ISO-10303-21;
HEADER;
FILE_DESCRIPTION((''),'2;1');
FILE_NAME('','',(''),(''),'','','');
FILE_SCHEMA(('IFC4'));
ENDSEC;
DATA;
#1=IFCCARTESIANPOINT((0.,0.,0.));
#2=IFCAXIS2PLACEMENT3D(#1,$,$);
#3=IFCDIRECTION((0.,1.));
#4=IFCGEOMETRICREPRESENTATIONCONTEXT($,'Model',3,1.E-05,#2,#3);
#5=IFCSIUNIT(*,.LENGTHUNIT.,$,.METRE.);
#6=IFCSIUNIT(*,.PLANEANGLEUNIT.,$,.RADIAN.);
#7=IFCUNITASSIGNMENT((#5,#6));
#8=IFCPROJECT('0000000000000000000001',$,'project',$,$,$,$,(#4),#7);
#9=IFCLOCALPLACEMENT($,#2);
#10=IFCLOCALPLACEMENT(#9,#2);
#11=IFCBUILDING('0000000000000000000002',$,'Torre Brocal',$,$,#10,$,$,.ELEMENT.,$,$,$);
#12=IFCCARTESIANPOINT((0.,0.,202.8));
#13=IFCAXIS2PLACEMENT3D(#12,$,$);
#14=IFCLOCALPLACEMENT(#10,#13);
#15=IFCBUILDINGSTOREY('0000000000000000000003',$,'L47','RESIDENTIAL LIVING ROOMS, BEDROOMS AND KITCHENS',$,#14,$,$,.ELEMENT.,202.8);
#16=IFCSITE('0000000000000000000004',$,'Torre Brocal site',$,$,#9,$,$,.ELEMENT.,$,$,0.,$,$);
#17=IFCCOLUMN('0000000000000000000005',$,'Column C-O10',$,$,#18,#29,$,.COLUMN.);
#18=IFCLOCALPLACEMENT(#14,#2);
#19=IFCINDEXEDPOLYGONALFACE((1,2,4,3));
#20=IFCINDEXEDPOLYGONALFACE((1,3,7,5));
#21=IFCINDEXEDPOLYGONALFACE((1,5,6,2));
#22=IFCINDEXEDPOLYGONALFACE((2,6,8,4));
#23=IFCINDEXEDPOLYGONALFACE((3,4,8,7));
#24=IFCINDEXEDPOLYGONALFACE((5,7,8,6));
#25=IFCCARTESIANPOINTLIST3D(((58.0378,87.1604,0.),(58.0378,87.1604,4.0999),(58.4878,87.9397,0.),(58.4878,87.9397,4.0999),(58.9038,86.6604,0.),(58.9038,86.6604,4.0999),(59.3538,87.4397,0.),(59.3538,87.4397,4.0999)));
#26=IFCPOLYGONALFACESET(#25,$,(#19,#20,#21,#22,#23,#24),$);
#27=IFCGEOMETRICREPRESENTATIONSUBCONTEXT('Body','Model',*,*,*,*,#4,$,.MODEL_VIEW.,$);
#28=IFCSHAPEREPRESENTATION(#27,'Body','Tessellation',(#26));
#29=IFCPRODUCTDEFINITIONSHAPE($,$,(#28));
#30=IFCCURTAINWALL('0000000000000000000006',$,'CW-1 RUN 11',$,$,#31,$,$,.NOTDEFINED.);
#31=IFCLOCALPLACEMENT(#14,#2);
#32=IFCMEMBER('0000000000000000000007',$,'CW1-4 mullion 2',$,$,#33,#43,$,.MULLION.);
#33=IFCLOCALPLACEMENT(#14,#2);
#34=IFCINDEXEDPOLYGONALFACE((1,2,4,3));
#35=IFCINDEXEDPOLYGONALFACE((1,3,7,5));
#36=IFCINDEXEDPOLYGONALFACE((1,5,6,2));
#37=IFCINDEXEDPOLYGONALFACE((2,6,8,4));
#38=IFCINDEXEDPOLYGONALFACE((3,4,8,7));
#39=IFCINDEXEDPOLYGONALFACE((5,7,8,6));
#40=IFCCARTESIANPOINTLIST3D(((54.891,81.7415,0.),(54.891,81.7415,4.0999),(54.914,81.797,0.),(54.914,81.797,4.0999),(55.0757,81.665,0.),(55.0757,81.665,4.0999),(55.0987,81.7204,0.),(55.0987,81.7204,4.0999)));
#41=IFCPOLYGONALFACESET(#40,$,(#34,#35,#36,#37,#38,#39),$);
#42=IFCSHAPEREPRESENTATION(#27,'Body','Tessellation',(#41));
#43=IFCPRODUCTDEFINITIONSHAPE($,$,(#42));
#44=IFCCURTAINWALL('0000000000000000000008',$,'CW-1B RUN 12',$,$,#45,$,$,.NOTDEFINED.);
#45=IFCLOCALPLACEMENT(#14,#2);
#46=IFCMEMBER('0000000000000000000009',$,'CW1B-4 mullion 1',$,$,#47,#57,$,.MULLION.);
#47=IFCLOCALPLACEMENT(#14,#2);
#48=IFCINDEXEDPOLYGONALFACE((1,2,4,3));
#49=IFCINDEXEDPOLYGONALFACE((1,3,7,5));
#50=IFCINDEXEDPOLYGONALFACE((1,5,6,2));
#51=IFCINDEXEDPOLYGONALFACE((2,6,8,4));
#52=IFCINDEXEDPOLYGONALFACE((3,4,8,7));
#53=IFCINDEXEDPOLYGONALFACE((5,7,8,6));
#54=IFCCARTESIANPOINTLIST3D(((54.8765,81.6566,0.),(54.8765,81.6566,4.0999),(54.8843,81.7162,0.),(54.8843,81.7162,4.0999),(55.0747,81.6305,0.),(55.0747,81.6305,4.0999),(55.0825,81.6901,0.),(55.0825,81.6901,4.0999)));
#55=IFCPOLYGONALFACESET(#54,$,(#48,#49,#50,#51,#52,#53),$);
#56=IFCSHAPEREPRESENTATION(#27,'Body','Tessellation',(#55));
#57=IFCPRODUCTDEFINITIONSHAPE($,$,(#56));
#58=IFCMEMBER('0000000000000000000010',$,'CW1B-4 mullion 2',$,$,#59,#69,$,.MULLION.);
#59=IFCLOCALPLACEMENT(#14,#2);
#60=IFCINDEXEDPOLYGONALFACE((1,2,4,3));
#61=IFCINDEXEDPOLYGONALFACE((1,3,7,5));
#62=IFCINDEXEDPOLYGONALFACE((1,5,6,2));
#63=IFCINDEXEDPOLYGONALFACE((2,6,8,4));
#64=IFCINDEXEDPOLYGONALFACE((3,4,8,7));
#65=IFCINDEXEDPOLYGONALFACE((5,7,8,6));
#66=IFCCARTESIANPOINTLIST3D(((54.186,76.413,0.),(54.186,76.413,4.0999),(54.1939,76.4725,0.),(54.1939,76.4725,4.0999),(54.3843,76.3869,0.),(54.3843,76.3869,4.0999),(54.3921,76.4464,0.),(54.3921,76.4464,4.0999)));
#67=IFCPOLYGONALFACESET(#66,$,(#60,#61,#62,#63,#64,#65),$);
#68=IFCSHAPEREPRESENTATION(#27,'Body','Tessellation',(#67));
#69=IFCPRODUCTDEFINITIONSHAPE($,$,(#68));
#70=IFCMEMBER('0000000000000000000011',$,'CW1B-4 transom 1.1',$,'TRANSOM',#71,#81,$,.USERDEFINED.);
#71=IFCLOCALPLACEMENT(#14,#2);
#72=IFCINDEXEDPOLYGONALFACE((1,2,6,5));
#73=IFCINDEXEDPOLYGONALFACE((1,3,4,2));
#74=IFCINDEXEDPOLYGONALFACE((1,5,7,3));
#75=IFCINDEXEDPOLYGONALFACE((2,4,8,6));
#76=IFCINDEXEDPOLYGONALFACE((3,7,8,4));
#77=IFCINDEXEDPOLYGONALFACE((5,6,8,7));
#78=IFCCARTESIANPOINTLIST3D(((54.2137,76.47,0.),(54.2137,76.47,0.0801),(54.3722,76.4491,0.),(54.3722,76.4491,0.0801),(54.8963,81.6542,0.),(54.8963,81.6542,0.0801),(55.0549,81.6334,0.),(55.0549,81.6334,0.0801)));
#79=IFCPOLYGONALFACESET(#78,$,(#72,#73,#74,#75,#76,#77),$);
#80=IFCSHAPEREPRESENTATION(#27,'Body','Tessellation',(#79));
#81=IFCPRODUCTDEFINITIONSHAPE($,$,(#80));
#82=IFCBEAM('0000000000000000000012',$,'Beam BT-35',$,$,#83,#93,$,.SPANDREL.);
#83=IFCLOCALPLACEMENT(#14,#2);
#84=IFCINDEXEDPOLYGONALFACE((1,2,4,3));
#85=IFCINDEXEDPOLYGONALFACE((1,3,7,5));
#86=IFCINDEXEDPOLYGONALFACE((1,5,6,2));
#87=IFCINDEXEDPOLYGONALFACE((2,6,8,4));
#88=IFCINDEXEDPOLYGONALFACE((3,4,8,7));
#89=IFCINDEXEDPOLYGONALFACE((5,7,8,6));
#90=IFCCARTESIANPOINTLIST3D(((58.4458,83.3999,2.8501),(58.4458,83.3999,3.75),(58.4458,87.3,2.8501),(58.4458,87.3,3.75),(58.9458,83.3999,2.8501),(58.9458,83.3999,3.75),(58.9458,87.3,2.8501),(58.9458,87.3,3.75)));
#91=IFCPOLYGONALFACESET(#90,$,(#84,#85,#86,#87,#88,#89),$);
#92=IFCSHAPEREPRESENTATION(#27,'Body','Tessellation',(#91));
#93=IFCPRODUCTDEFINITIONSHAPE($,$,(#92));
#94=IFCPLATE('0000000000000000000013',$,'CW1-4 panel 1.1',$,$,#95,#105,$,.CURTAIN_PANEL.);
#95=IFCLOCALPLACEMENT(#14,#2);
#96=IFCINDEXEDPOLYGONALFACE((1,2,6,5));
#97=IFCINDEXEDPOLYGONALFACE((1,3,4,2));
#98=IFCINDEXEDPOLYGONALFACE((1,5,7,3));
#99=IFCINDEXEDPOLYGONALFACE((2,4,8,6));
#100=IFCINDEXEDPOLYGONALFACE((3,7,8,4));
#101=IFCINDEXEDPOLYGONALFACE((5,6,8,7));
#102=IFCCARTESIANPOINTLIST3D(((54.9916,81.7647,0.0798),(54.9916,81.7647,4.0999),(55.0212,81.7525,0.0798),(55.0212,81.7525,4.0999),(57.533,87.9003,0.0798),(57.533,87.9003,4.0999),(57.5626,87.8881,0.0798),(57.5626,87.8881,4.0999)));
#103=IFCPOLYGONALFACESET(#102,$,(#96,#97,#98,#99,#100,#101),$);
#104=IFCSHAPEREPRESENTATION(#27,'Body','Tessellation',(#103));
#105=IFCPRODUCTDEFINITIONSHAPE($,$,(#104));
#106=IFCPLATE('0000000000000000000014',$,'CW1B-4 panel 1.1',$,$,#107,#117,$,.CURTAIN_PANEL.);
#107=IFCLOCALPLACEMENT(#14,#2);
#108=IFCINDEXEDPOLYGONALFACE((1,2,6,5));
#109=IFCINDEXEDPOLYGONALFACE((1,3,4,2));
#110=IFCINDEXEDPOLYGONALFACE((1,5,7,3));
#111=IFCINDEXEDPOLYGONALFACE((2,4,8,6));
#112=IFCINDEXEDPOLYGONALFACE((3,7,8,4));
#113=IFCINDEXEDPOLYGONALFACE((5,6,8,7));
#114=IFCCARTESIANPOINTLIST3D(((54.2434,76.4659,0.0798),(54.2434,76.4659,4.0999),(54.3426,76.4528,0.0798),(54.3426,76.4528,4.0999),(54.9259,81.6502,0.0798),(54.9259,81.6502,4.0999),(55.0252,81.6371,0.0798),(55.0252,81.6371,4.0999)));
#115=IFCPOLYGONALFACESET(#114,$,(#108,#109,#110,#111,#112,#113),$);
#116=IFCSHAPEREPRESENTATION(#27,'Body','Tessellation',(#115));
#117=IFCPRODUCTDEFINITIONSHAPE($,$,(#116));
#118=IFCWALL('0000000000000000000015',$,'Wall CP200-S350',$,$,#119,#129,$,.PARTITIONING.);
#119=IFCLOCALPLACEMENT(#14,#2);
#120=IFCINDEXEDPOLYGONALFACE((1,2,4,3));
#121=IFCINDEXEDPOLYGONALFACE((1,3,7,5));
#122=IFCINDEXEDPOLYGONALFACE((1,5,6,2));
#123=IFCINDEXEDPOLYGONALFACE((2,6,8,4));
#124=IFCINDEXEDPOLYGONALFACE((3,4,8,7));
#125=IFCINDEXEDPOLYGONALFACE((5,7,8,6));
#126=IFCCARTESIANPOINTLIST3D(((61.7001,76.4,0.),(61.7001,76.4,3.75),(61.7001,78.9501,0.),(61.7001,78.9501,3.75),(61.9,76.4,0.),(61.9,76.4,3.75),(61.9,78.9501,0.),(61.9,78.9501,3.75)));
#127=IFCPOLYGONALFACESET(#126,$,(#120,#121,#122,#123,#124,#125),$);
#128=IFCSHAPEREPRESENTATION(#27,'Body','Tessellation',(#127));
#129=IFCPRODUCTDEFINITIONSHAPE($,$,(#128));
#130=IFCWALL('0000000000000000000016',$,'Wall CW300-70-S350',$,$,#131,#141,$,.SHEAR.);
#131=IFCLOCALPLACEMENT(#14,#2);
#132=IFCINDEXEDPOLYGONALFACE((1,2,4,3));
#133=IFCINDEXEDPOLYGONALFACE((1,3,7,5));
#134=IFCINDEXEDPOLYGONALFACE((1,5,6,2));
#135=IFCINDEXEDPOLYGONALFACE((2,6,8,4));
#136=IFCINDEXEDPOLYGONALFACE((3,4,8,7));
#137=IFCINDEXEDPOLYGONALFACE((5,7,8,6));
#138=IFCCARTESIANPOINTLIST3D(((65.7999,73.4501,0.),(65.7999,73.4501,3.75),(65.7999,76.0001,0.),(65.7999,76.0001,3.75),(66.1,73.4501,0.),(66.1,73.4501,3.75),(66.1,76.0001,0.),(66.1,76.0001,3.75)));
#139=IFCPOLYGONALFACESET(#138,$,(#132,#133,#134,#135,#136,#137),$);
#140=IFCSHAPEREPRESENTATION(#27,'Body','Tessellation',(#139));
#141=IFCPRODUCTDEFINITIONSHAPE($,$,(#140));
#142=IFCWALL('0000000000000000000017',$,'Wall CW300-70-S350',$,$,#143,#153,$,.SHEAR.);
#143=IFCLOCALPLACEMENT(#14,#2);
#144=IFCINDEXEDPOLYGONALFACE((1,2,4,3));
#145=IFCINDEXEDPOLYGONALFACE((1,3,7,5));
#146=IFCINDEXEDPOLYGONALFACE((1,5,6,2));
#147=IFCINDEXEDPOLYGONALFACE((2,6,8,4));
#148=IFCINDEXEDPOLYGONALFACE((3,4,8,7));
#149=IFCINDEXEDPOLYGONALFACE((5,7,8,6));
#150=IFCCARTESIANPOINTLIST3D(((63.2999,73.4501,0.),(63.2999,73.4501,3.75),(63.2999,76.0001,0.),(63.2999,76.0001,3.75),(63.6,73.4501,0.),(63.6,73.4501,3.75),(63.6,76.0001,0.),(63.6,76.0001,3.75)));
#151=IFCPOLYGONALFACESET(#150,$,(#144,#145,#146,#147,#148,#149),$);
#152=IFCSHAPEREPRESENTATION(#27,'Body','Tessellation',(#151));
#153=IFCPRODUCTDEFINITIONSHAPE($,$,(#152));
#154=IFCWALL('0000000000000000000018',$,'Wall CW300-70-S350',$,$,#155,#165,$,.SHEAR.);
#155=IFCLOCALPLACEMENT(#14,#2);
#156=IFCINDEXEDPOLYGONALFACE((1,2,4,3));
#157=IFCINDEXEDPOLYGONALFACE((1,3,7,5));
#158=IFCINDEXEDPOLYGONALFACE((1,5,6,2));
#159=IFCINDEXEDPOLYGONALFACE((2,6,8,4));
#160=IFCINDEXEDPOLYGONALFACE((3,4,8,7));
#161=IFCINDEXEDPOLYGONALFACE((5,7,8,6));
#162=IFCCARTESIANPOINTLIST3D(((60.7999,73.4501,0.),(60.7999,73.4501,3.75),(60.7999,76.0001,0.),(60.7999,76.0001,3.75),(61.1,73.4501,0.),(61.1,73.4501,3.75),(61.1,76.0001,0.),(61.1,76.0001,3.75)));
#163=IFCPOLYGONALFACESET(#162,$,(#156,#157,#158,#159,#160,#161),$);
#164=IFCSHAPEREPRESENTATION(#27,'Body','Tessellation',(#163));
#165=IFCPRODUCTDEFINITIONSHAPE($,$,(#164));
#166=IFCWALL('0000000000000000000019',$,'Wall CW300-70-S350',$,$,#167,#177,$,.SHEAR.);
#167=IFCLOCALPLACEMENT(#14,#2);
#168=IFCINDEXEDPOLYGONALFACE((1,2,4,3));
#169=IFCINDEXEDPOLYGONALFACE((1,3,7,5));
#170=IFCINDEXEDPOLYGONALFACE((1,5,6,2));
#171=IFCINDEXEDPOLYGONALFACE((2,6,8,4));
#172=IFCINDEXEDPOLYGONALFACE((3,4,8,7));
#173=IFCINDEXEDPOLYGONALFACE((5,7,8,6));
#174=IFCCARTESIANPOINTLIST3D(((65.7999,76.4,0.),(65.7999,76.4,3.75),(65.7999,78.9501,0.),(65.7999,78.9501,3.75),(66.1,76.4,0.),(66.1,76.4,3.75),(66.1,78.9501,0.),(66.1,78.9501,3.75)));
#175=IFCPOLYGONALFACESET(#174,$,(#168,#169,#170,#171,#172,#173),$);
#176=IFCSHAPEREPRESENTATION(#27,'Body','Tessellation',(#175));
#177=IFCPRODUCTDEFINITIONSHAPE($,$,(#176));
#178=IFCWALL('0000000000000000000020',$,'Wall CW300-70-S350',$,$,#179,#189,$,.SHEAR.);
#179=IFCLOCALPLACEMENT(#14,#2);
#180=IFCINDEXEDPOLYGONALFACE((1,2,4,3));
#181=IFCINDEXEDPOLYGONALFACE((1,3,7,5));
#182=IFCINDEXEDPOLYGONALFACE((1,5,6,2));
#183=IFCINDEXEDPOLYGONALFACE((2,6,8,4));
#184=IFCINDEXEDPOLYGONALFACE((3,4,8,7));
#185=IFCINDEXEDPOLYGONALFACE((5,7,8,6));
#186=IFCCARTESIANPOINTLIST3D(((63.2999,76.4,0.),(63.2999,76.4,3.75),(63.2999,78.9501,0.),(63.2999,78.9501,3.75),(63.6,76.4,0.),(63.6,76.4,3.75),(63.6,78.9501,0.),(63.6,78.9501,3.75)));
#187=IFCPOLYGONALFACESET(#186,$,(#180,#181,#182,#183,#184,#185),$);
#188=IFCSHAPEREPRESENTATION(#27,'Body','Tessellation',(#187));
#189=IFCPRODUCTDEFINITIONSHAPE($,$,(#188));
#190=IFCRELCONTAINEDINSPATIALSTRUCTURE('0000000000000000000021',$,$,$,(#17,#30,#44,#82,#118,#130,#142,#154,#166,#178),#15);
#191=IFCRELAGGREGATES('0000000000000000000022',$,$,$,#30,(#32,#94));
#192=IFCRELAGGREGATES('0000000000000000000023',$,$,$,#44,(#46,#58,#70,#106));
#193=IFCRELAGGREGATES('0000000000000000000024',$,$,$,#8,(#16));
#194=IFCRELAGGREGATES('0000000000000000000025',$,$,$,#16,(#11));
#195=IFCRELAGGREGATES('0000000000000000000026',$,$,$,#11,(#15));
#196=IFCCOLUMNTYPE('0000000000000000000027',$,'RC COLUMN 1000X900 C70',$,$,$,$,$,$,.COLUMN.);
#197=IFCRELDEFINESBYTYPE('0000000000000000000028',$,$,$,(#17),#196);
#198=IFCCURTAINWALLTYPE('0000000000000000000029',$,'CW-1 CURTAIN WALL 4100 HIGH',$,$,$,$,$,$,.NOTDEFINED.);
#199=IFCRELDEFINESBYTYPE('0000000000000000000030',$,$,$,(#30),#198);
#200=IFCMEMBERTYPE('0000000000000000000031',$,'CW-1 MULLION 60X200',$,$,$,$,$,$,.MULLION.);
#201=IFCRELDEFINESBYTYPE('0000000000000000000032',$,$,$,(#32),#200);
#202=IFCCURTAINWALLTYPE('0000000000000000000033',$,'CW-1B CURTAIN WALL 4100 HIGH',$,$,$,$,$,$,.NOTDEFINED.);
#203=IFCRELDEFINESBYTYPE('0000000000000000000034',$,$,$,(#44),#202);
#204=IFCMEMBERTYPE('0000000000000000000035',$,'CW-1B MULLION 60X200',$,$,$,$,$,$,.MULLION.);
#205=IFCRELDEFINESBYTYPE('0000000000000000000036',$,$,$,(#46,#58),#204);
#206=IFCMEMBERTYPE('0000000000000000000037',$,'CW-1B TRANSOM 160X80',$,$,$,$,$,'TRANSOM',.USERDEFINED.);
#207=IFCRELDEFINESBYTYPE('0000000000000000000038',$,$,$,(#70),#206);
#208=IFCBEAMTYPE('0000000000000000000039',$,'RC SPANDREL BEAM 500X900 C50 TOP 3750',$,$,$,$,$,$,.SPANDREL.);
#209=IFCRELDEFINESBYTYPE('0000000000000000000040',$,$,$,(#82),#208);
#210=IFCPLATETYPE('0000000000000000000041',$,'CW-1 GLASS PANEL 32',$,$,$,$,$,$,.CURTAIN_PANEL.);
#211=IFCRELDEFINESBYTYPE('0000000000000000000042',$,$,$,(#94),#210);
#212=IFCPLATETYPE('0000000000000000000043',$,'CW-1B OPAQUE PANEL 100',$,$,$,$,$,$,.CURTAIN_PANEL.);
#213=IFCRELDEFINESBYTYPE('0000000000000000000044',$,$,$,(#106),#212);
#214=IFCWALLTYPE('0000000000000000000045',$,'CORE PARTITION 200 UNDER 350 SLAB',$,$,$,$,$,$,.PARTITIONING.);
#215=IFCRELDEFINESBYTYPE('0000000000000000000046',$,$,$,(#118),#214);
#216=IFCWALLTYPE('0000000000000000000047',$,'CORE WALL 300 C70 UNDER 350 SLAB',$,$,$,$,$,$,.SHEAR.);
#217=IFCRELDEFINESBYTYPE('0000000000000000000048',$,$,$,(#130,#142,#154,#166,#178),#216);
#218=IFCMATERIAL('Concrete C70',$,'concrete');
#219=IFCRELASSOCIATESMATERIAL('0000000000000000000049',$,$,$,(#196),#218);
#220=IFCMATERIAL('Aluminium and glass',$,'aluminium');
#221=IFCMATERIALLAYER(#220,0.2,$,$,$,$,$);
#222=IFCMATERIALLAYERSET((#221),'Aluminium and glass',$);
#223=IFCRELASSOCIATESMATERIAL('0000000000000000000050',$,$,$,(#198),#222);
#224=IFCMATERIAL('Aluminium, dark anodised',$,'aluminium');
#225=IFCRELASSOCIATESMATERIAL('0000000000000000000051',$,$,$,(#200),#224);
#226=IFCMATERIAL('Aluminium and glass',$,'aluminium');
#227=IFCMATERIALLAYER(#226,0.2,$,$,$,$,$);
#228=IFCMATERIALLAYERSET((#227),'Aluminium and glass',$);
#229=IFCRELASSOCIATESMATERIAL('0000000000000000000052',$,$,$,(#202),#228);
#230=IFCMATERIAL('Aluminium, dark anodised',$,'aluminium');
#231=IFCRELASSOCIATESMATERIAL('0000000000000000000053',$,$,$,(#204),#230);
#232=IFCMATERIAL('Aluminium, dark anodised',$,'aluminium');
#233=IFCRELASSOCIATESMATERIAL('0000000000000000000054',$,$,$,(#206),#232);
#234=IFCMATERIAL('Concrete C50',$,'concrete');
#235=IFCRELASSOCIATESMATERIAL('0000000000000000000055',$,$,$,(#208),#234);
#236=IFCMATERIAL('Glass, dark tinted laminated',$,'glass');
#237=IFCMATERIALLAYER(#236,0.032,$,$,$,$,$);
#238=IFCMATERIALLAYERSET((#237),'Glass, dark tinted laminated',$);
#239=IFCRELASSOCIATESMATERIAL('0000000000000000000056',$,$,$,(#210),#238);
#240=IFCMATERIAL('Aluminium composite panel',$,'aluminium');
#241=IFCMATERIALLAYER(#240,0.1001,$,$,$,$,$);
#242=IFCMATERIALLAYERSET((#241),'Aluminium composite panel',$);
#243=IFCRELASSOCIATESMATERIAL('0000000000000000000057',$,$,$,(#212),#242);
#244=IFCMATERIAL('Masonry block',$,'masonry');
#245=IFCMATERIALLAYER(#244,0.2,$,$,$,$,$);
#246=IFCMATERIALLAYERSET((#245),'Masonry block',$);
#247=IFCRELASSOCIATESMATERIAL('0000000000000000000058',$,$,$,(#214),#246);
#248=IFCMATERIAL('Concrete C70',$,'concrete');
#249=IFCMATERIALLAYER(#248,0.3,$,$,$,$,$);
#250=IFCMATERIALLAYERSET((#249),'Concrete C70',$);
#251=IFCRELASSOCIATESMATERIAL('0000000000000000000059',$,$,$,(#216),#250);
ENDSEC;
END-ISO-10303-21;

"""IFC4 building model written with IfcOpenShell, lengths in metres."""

from ifc_helpers import new_model, si_unit, direction, frame, frame_2d, origin, origin_2d, place, context, subcontext, project, spatial, rectangle, extrude, material, layer, layer_set, material_profile, profile_set, type_object, element, aggregate, save


model = new_model("IFC4")

# Units and contexts
model_context = context("Model", 3, precision=1e-05, world=origin(), true_north=direction((0.0, 1.0)))
body_context = subcontext(model_context, "Body", "Model", "MODEL_VIEW")
ifc_project = project(units=[si_unit("LENGTHUNIT", "METRE"), si_unit("PLANEANGLEUNIT", "RADIAN")], contexts=[model_context])

# Site, building, storey
site_placement = place(None, origin())
site = spatial("IfcSite", under=ifc_project, at=site_placement, Name="Torre Brocal site", CompositionType="ELEMENT", RefElevation=0.0)
building_placement = place(site_placement, origin())
building = spatial("IfcBuilding", under=site, at=building_placement, Name="Torre Brocal", CompositionType="ELEMENT")
storey_placement = place(building_placement, frame((0.0, 0.0, 202.8)))
storey = spatial("IfcBuildingStorey", under=building, at=storey_placement, Name="L47", Description="RESIDENTIAL LIVING ROOMS, BEDROOMS AND KITCHENS", CompositionType="ELEMENT", Elevation=202.8)

# Column
ifc_material_1 = material(Name="Concrete C70", Category="concrete")
ifc_material_profile_1 = material_profile(ifc_material_1, rectangle(XDim=1.0, YDim=0.8999, at=origin_2d()), Name="RC 1000X900")
ifc_profile_set_1 = profile_set([ifc_material_profile_1], Name="Concrete C70")
column_type = type_object("IfcColumnType", Name="RC COLUMN 1000X900 C70", PredefinedType="COLUMN", material=ifc_profile_set_1)
column_placement = place(storey_placement, frame((58.6958, 87.3, 0.0), z_axis=(0.0, 0.0, 1.0), x_axis=(-0.866025, 0.5, 0.0)))
element("IfcColumn", 1, at=column_placement, inside=storey, type_object=column_type, Name="Column C-O10", PredefinedType="COLUMN", context=body_context, shape_type="SweptSolid", body=[
    extrude(rectangle(XDim=1.0, YDim=0.8999, at=origin_2d()), origin(), (0.0, 0.0, 1.0), 4.0999),
])

# Curtain wall, member
ifc_material_2 = material(Name="Aluminium and glass", Category="aluminium")
ifc_layer_1 = layer(ifc_material_2, 0.2)
ifc_layer_set_1 = layer_set([ifc_layer_1], Name="Aluminium and glass")
curtain_wall_type_1 = type_object("IfcCurtainWallType", Name="CW-1 CURTAIN WALL 4100 HIGH", PredefinedType="NOTDEFINED", material=ifc_layer_set_1)
curtain_wall_1_placement = place(storey_placement, origin())
curtain_wall_1 = element("IfcCurtainWall", 2, at=curtain_wall_1_placement, inside=storey, type_object=curtain_wall_type_1, Name="CW-1 RUN 11", PredefinedType="NOTDEFINED")
ifc_material_3 = material(Name="Aluminium, dark anodised", Category="aluminium")
ifc_material_profile_2 = material_profile(ifc_material_3, rectangle(XDim=0.2, YDim=0.0601, at=origin_2d()), Name="CW-1 MULLION 60X200")
ifc_profile_set_2 = profile_set([ifc_material_profile_2], Name="Aluminium, dark anodised")
member_type_1 = type_object("IfcMemberType", Name="CW-1 MULLION 60X200", PredefinedType="MULLION", material=ifc_profile_set_2)
member_1_placement = place(storey_placement, frame((54.9949, 81.731, 0.0), z_axis=(0.0, 0.0, 1.0), x_axis=(0.92388, -0.382683, 0.0)))
member_1 = element("IfcMember", 3, at=member_1_placement, type_object=member_type_1, Name="CW1-4 mullion 2", PredefinedType="MULLION", context=body_context, shape_type="SweptSolid", body=[
    extrude(rectangle(XDim=0.2, YDim=0.0601, at=origin_2d()), origin(), (0.0, 0.0, 1.0), 4.0999),
])

# Curtain wall, members
ifc_material_4 = material(Name="Aluminium and glass", Category="aluminium")
ifc_layer_2 = layer(ifc_material_4, 0.2)
ifc_layer_set_2 = layer_set([ifc_layer_2], Name="Aluminium and glass")
curtain_wall_type_2 = type_object("IfcCurtainWallType", Name="CW-1B CURTAIN WALL 4100 HIGH", PredefinedType="NOTDEFINED", material=ifc_layer_set_2)
curtain_wall_2_placement = place(storey_placement, origin())
curtain_wall_2 = element("IfcCurtainWall", 4, at=curtain_wall_2_placement, inside=storey, type_object=curtain_wall_type_2, Name="CW-1B RUN 12", PredefinedType="NOTDEFINED")
ifc_material_5 = material(Name="Aluminium, dark anodised", Category="aluminium")
ifc_material_profile_3 = material_profile(ifc_material_5, rectangle(XDim=0.2, YDim=0.0601, at=origin_2d()), Name="CW-1B MULLION 60X200")
ifc_profile_set_3 = profile_set([ifc_material_profile_3], Name="Aluminium, dark anodised")
member_type_2 = type_object("IfcMemberType", Name="CW-1B MULLION 60X200", PredefinedType="MULLION", material=ifc_profile_set_3)
member_2_placement = place(storey_placement, frame((54.9795, 81.6733, 0.0), z_axis=(0.0, 0.0, 1.0), x_axis=(0.991445, -0.130526, 0.0)))
member_2 = element("IfcMember", 5, at=member_2_placement, type_object=member_type_2, Name="CW1B-4 mullion 1", PredefinedType="MULLION", context=body_context, shape_type="SweptSolid", body=[
    extrude(rectangle(XDim=0.2, YDim=0.0601, at=origin_2d()), origin(), (0.0, 0.0, 1.0), 4.0999),
])
member_3_placement = place(storey_placement, frame((54.2891, 76.4297, 0.0), z_axis=(0.0, 0.0, 1.0), x_axis=(0.991445, -0.130526, 0.0)))
member_3 = element("IfcMember", 6, at=member_3_placement, type_object=member_type_2, Name="CW1B-4 mullion 2", PredefinedType="MULLION", context=body_context, shape_type="SweptSolid", body=[
    extrude(rectangle(XDim=0.2, YDim=0.0601, at=origin_2d()), origin(), (0.0, 0.0, 1.0), 4.0999),
])
ifc_material_6 = material(Name="Aluminium, dark anodised", Category="aluminium")
ifc_material_profile_4 = material_profile(ifc_material_6, rectangle(XDim=0.1599, YDim=0.0801, at=origin_2d()), Name="CW-1B TRANSOM 160X80")
ifc_profile_set_4 = profile_set([ifc_material_profile_4], Name="Aluminium, dark anodised")
member_type_3 = type_object("IfcMemberType", Name="CW-1B TRANSOM 160X80", ElementType="TRANSOM", PredefinedType="USERDEFINED", material=ifc_profile_set_4)
member_4_placement = place(storey_placement, frame((54.9756, 81.6438, 0.04), z_axis=(-0.130543, -0.991443, 0.0), x_axis=(0.991443, -0.130543, 0.0)))
member_4 = element("IfcMember", 7, at=member_4_placement, type_object=member_type_3, Name="CW1B-4 transom 1.1", ObjectType="TRANSOM", PredefinedType="USERDEFINED", context=body_context, shape_type="SweptSolid", body=[
    extrude(rectangle(XDim=0.1599, YDim=0.0801, at=origin_2d()), origin(), (0.0, 0.0, 1.0), 5.229),
])

# Beam
ifc_material_7 = material(Name="Concrete C50", Category="concrete")
ifc_material_profile_5 = material_profile(ifc_material_7, rectangle(XDim=0.5, YDim=0.8999, at=origin_2d()), Name="RC 500X900")
ifc_profile_set_5 = profile_set([ifc_material_profile_5], Name="Concrete C50")
beam_type = type_object("IfcBeamType", Name="RC SPANDREL BEAM 500X900 C50 TOP 3750", PredefinedType="SPANDREL", material=ifc_profile_set_5)
beam_placement = place(storey_placement, frame((58.6958, 87.3, 3.3), z_axis=(0.0, -1.0, 0.0), x_axis=(1.0, 0.0, 0.0)))
element("IfcBeam", 8, at=beam_placement, inside=storey, type_object=beam_type, Name="Beam BT-35", PredefinedType="SPANDREL", context=body_context, shape_type="SweptSolid", body=[
    extrude(rectangle(XDim=0.5, YDim=0.8999, at=origin_2d()), origin(), (0.0, 0.0, 1.0), 3.9001),
])

# Plates
ifc_material_8 = material(Name="Glass, dark tinted laminated", Category="glass")
ifc_layer_3 = layer(ifc_material_8, 0.032)
ifc_layer_set_3 = layer_set([ifc_layer_3], Name="Glass, dark tinted laminated")
plate_type_1 = type_object("IfcPlateType", Name="CW-1 GLASS PANEL 32", PredefinedType="CURTAIN_PANEL", material=ifc_layer_set_3)
plate_1_placement = place(storey_placement, frame((56.2771, 84.8264, 0.0798), z_axis=(0.0, 0.0, 1.0), x_axis=(-0.382683, -0.92388, 0.0)))
plate_1 = element("IfcPlate", 9, at=plate_1_placement, type_object=plate_type_1, Name="CW1-4 panel 1.1", PredefinedType="CURTAIN_PANEL", context=body_context, shape_type="SweptSolid", body=[
    extrude(rectangle(XDim=6.6411, YDim=0.032, at=origin_2d()), origin(), (0.0, 0.0, 1.0), 4.02),
])
aggregate(curtain_wall_1, [member_1, plate_1])
ifc_material_9 = material(Name="Aluminium composite panel", Category="aluminium")
ifc_layer_4 = layer(ifc_material_9, 0.1001)
ifc_layer_set_4 = layer_set([ifc_layer_4], Name="Aluminium composite panel")
plate_type_2 = type_object("IfcPlateType", Name="CW-1B OPAQUE PANEL 100", PredefinedType="CURTAIN_PANEL", material=ifc_layer_set_4)
plate_2_placement = place(storey_placement, frame((54.6343, 79.0515, 0.0798), z_axis=(0.0, 0.0, 1.0), x_axis=(-0.130526, -0.991445, 0.0)))
plate_2 = element("IfcPlate", 10, at=plate_2_placement, type_object=plate_type_2, Name="CW1B-4 panel 1.1", PredefinedType="CURTAIN_PANEL", context=body_context, shape_type="SweptSolid", body=[
    extrude(rectangle(XDim=5.229, YDim=0.1001, at=origin_2d()), origin(), (0.0, 0.0, 1.0), 4.02),
])
aggregate(curtain_wall_2, [member_2, member_3, member_4, plate_2])

# Walls
ifc_material_10 = material(Name="Masonry block", Category="masonry")
ifc_layer_5 = layer(ifc_material_10, 0.2)
ifc_layer_set_5 = layer_set([ifc_layer_5], Name="Masonry block")
wall_type_1 = type_object("IfcWallType", Name="CORE PARTITION 200 UNDER 350 SLAB", PredefinedType="PARTITIONING", material=ifc_layer_set_5)
wall_1_placement = place(storey_placement, frame((61.8, 78.95, 0.0), z_axis=(0.0, 0.0, 1.0), x_axis=(0.0, -1.0, 0.0)))
element("IfcWall", 11, at=wall_1_placement, inside=storey, type_object=wall_type_1, Name="Wall CP200-S350", PredefinedType="PARTITIONING", context=body_context, shape_type="SweptSolid", body=[
    extrude(rectangle(XDim=2.55, YDim=0.2, at=frame_2d((1.2749, 0.0))), origin(), (0.0, 0.0, 1.0), 3.75),
])
ifc_material_11 = material(Name="Concrete C70", Category="concrete")
ifc_layer_6 = layer(ifc_material_11, 0.3)
ifc_layer_set_6 = layer_set([ifc_layer_6], Name="Concrete C70")
wall_type_2 = type_object("IfcWallType", Name="CORE WALL 300 C70 UNDER 350 SLAB", PredefinedType="SHEAR", material=ifc_layer_set_6)
for number, where, z_axis, x_axis, name in (
    (12, (65.95, 76.0, 0.0), (0.0, 0.0, 1.0), (0.0, -1.0, 0.0), "Wall CW300-70-S350"),
    (13, (63.45, 76.0, 0.0), (0.0, 0.0, 1.0), (0.0, -1.0, 0.0), "Wall CW300-70-S350"),
    (14, (60.95, 76.0, 0.0), (0.0, 0.0, 1.0), (0.0, -1.0, 0.0), "Wall CW300-70-S350"),
    (15, (65.95, 78.95, 0.0), (0.0, 0.0, 1.0), (0.0, -1.0, 0.0), "Wall CW300-70-S350"),
    (16, (63.45, 78.95, 0.0), (0.0, 0.0, 1.0), (0.0, -1.0, 0.0), "Wall CW300-70-S350"),
):
    element("IfcWall", number, at=place(storey_placement, frame(where, z_axis=z_axis, x_axis=x_axis)), inside=storey, type_object=wall_type_2, Name=name, PredefinedType="SHEAR", context=body_context, shape_type="SweptSolid", body=[
        extrude(rectangle(XDim=2.55, YDim=0.3, at=frame_2d((1.2749, 0.0))), origin(), (0.0, 0.0, 1.0), 3.75),
    ])

save(model, "model.ifc")
